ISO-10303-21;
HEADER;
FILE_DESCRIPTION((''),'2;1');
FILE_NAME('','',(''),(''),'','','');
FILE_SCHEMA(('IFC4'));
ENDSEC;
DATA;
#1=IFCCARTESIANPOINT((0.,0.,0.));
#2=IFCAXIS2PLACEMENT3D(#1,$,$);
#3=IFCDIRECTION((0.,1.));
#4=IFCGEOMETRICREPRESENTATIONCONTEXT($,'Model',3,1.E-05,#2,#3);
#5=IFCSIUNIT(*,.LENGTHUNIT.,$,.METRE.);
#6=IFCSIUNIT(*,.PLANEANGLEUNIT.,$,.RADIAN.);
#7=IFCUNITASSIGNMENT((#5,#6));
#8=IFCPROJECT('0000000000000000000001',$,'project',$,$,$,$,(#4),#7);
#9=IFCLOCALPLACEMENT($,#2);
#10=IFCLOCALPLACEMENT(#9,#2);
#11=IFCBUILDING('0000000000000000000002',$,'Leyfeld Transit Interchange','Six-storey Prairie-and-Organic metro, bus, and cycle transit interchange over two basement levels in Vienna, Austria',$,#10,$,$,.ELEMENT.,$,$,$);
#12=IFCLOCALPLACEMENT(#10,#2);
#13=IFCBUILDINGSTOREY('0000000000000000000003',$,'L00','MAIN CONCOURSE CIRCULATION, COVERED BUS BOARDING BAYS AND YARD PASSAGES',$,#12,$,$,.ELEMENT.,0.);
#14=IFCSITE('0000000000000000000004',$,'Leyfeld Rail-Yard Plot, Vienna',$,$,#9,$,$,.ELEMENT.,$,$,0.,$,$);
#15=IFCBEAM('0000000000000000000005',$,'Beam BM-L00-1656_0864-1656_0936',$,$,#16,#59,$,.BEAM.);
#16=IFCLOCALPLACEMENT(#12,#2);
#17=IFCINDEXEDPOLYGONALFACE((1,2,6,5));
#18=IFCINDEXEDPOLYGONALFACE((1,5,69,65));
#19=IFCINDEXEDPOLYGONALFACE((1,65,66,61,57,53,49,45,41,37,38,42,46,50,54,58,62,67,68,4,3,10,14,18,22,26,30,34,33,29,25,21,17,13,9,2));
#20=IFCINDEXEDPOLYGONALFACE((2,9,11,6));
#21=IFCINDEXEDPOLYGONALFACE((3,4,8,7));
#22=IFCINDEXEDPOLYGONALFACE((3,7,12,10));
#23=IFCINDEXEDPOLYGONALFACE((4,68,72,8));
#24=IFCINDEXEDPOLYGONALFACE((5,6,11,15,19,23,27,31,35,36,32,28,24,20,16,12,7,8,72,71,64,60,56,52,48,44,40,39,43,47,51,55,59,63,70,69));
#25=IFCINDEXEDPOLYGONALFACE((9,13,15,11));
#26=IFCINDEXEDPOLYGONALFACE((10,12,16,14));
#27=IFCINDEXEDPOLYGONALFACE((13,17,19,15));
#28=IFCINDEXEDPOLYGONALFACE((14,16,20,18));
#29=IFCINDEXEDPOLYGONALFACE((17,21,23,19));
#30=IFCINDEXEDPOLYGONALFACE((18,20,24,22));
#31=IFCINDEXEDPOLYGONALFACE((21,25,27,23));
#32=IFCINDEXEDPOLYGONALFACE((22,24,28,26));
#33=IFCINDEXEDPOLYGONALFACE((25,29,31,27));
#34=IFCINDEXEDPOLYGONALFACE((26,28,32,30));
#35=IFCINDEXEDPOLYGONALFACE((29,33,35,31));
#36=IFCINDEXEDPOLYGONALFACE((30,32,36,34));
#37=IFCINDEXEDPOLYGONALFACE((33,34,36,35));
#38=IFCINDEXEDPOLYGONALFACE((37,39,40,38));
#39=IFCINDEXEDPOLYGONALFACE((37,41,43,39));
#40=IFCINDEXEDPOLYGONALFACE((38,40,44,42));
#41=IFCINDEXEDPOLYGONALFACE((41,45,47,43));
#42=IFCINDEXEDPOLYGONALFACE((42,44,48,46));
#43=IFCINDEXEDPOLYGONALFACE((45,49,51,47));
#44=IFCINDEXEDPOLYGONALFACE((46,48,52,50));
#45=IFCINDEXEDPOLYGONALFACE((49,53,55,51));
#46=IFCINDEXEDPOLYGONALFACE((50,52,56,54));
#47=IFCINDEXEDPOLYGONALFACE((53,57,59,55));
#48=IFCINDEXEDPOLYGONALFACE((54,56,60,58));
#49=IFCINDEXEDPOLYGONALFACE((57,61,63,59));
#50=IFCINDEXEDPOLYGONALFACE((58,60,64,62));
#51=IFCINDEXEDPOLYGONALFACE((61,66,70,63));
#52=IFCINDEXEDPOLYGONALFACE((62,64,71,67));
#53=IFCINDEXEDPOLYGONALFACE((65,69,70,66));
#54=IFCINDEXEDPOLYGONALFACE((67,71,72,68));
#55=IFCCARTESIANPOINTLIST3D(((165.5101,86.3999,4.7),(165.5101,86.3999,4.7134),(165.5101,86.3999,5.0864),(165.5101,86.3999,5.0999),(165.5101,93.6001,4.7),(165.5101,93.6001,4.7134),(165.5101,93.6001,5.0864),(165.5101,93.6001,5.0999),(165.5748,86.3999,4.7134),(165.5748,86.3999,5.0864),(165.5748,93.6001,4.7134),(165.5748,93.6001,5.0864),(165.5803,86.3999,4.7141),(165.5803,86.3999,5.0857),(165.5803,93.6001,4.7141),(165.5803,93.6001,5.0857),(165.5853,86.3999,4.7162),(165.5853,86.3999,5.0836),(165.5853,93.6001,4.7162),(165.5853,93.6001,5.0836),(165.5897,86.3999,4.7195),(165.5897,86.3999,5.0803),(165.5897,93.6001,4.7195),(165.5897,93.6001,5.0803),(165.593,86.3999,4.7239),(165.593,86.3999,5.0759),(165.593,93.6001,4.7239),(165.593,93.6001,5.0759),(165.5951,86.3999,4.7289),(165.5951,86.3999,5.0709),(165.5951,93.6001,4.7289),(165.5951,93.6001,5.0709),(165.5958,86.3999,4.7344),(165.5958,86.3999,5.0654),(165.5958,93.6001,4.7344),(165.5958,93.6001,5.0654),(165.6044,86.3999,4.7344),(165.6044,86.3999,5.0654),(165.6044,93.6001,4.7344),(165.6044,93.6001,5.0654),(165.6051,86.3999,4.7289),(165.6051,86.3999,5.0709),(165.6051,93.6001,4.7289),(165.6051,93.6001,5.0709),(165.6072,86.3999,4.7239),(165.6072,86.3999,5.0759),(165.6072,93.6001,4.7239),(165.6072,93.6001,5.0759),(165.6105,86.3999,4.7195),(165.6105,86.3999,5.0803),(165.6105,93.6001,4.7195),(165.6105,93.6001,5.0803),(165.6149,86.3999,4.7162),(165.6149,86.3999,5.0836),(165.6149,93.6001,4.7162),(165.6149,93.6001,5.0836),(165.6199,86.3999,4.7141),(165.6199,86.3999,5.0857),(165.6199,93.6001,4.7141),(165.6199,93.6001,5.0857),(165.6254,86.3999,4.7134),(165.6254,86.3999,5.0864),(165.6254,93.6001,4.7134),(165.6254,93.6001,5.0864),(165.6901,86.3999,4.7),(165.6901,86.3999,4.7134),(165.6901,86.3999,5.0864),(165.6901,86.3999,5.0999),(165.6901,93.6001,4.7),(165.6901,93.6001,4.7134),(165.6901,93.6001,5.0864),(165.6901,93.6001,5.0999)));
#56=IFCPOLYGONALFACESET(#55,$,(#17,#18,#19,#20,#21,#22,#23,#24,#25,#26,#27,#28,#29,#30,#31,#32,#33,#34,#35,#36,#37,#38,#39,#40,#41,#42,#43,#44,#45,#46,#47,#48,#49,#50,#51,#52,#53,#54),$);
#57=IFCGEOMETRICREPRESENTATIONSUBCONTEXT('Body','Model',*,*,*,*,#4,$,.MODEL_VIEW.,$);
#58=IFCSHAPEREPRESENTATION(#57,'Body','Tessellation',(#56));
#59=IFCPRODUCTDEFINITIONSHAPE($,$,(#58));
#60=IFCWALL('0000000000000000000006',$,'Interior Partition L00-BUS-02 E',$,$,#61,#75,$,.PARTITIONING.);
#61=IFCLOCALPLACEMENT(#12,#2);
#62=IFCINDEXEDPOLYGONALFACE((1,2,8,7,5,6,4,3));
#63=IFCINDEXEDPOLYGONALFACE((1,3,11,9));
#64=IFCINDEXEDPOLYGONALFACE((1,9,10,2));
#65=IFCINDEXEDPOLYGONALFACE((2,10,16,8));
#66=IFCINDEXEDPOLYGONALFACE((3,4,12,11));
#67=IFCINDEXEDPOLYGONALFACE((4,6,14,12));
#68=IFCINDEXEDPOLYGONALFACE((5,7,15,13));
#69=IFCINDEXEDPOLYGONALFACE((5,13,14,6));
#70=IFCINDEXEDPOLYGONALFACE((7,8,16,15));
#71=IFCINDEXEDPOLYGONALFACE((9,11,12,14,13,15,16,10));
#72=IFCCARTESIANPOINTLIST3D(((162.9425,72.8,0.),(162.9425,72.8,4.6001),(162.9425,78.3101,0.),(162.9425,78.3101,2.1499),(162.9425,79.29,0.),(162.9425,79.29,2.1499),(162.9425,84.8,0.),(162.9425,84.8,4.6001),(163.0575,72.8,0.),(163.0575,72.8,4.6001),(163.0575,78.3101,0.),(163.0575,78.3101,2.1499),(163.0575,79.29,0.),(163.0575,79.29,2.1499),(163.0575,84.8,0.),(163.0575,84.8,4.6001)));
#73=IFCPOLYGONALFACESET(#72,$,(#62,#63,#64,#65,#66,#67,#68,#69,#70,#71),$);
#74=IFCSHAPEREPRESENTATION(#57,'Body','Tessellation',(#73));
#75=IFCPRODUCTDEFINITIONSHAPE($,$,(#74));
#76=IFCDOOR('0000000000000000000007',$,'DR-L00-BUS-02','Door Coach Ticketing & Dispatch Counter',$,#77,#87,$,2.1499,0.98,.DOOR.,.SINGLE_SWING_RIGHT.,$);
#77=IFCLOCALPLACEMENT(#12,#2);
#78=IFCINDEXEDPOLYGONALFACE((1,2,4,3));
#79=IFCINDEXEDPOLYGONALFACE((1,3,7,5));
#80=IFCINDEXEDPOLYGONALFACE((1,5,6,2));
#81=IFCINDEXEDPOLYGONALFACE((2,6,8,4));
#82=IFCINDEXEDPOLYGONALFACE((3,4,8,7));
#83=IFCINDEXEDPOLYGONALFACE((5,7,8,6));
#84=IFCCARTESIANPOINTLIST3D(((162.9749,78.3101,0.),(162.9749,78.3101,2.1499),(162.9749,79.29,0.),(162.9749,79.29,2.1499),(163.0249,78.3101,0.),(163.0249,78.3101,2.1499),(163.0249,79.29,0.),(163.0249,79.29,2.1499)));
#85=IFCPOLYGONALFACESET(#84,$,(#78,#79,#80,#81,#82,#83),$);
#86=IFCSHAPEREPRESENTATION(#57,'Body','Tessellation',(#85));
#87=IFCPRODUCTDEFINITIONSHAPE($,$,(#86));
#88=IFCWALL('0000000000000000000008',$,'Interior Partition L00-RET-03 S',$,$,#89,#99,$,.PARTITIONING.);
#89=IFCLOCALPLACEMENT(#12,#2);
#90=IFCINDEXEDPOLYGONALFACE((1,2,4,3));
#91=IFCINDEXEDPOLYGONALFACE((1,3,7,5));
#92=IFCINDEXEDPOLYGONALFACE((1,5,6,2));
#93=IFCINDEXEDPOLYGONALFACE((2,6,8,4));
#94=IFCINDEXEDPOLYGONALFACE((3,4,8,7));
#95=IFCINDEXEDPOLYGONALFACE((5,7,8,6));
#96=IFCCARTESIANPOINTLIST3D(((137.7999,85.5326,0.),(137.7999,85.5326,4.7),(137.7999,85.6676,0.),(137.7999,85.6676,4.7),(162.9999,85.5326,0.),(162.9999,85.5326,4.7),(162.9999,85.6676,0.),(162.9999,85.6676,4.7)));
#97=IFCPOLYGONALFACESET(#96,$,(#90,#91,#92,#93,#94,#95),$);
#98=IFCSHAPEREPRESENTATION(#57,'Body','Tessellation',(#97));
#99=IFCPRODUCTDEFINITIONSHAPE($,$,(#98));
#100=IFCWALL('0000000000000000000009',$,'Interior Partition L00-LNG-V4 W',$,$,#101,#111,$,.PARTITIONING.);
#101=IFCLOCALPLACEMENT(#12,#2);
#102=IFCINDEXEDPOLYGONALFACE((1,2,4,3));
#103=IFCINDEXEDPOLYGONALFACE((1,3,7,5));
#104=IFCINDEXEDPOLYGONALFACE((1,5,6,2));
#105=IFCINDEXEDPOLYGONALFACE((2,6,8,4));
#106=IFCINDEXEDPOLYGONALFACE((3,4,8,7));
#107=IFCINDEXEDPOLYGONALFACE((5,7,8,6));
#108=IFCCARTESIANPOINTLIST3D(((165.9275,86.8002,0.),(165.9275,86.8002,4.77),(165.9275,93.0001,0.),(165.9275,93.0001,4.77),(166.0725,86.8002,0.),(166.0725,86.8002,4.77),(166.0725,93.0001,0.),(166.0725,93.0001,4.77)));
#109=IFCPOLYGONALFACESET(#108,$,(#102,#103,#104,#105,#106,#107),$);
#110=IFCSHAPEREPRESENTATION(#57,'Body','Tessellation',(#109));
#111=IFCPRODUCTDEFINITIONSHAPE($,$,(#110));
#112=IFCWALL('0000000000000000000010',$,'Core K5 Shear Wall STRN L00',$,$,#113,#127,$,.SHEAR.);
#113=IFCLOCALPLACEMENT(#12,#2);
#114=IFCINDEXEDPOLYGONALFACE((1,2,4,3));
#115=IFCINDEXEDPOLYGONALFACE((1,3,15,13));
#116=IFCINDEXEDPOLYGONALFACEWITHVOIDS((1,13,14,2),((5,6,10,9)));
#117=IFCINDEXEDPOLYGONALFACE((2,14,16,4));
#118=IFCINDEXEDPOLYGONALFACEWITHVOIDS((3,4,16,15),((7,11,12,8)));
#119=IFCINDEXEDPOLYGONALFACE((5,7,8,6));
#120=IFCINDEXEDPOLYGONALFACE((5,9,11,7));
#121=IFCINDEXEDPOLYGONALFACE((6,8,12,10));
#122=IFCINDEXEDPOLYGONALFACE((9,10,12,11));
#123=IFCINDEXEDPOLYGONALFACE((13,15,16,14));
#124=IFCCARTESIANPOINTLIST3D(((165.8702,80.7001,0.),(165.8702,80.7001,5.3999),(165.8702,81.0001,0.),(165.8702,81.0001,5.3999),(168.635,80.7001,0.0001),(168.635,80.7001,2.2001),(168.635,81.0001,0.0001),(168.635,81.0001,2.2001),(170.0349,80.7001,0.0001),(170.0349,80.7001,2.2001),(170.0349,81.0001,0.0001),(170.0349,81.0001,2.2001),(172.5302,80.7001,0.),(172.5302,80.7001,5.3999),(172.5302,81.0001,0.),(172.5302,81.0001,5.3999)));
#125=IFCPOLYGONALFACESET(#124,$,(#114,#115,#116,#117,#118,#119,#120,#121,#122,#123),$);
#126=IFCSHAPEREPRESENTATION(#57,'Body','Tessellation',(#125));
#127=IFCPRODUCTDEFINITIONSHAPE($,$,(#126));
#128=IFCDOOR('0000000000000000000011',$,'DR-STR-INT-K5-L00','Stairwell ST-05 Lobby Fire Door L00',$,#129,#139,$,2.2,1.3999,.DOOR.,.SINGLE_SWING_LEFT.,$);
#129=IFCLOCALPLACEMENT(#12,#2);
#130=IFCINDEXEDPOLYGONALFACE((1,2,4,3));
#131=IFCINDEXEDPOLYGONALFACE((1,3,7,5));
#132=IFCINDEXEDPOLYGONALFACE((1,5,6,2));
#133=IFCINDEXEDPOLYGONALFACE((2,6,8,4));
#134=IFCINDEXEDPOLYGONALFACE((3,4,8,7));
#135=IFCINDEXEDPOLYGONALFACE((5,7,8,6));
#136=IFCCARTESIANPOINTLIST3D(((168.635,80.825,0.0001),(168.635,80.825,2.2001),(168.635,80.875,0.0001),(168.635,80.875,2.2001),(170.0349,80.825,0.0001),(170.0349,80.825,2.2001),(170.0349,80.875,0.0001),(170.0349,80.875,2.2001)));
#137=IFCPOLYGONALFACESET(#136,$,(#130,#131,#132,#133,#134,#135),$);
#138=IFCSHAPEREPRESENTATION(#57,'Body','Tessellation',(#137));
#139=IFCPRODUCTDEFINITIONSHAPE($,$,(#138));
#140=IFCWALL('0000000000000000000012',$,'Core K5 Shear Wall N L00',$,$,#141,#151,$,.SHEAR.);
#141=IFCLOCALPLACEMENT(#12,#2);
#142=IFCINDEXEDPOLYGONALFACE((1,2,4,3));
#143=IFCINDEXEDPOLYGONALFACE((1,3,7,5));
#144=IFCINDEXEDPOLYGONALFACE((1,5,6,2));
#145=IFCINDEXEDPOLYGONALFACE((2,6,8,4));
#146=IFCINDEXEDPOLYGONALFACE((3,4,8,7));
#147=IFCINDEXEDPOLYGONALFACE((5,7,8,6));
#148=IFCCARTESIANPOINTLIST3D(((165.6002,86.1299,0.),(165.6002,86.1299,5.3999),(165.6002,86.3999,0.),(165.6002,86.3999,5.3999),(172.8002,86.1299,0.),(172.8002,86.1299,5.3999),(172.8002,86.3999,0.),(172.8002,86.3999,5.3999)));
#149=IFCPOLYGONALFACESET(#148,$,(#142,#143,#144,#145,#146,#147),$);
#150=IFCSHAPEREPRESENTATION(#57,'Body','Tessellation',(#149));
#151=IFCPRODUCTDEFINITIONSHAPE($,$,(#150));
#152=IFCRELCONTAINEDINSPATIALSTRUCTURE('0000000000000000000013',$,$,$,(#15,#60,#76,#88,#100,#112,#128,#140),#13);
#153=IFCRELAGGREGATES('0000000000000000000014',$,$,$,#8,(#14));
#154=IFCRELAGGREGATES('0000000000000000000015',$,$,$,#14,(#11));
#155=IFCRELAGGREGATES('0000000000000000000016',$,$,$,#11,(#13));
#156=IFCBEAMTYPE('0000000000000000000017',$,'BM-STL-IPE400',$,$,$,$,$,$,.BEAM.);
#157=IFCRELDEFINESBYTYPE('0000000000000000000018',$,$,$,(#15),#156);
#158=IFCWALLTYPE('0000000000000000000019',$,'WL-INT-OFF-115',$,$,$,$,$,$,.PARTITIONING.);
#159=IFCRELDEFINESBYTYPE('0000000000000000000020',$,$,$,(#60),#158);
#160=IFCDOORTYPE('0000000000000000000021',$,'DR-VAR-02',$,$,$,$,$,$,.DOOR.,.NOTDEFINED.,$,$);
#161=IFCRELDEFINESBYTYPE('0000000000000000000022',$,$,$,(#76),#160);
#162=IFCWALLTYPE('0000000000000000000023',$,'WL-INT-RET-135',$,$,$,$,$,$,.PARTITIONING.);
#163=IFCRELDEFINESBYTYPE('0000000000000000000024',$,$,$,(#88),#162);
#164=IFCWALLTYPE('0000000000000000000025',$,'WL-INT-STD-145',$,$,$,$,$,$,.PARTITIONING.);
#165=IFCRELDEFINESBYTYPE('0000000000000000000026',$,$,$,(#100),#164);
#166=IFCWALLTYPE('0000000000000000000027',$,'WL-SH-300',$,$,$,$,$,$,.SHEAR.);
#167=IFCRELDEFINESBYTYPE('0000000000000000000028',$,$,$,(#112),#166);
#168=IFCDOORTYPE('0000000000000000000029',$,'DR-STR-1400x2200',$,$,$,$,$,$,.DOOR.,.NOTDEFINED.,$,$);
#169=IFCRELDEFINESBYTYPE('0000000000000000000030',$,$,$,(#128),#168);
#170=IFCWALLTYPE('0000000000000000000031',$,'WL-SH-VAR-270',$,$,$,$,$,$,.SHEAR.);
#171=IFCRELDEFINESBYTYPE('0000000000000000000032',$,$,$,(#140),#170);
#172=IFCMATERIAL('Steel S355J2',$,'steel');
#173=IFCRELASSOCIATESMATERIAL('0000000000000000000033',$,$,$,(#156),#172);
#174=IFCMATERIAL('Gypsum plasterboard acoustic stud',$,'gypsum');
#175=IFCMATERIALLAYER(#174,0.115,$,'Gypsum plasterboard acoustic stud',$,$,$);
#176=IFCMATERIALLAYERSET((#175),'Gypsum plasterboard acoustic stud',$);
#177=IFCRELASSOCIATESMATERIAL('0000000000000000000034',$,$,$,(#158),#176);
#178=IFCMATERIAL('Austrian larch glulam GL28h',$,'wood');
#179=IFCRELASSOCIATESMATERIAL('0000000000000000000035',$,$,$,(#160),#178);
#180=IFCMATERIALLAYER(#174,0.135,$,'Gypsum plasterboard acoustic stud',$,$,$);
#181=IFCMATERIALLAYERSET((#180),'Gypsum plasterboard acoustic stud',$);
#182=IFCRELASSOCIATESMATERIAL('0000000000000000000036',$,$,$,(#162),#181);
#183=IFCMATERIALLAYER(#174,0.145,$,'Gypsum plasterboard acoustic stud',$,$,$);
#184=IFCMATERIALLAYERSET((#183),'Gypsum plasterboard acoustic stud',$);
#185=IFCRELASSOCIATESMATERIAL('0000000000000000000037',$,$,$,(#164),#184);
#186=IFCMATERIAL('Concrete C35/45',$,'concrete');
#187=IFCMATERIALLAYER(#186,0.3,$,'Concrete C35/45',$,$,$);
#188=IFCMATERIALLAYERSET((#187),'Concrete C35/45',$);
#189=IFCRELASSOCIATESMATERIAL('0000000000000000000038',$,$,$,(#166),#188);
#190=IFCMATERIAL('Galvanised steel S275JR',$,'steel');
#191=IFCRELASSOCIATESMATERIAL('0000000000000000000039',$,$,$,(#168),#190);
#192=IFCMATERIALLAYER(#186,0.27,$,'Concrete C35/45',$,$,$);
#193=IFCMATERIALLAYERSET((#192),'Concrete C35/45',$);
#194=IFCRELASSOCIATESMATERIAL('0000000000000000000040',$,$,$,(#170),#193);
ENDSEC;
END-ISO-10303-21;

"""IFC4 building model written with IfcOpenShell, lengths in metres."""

from ifc_helpers import new_model, si_unit, direction, frame, frame_2d, origin, origin_2d, place, context, subcontext, project, spatial, rectangle, i_section, extrude, material, layer, layer_set, material_profile, profile_set, type_object, element, fill, save


model = new_model("IFC4")

# Units and contexts
model_context = context("Model", 3, precision=1e-05, world=origin(), true_north=direction((0.0, 1.0)))
body_context = subcontext(model_context, "Body", "Model", "MODEL_VIEW")
ifc_project = project(units=[si_unit("LENGTHUNIT", "METRE"), si_unit("PLANEANGLEUNIT", "RADIAN")], contexts=[model_context])

# Site, building, storey
site_placement = place(None, origin())
site = spatial("IfcSite", under=ifc_project, at=site_placement, Name="Leyfeld Rail-Yard Plot, Vienna", CompositionType="ELEMENT", RefElevation=0.0)
building_placement = place(site_placement, origin())
building = spatial("IfcBuilding", under=site, at=building_placement, Name="Leyfeld Transit Interchange", Description="Six-storey Prairie-and-Organic metro, bus, and cycle transit interchange over two basement levels in Vienna, Austria", CompositionType="ELEMENT")
storey_placement = place(building_placement, origin())
storey = spatial("IfcBuildingStorey", under=building, at=storey_placement, Name="L00", Description="MAIN CONCOURSE CIRCULATION, COVERED BUS BOARDING BAYS AND YARD PASSAGES", CompositionType="ELEMENT", Elevation=0.0)

# Shared definitions
ifc_material_1 = material(Name="Concrete C35/45", Category="concrete")

# Beam
ifc_material_2 = material(Name="Steel S355J2", Category="steel")
ifc_material_profile_1 = material_profile(ifc_material_2, i_section(OverallWidth=0.1799, OverallDepth=0.3999, WebThickness=0.0085, FlangeThickness=0.0134, FilletRadius=0.021, at=origin_2d()), Name="IPE 400")
ifc_profile_set_1 = profile_set([ifc_material_profile_1], Name="Steel S355J2")
beam_type_1 = type_object("IfcBeamType", Name="BM-STL-IPE400", PredefinedType="BEAM", material=ifc_profile_set_1)
for number, where, z_axis, x_axis, name in (
    (1, (165.6001, 86.3999, 4.8999), (0.0, 1.0, 0.0), (-1.0, 0.0, 0.0), "Beam BM-L00-1656_0864-1656_0936"),
):
    element("IfcBeam", number, at=place(storey_placement, frame(where, z_axis=z_axis, x_axis=x_axis)), inside=storey, type_object=beam_type_1, Name=name, PredefinedType="BEAM", context=body_context, shape_type="SweptSolid", body=[
        extrude(i_section(OverallWidth=0.1799, OverallDepth=0.3999, WebThickness=0.0085, FlangeThickness=0.0134, FilletRadius=0.021, at=origin_2d()), origin(), (0.0, 0.0, 1.0), 7.2002),
    ])

# Wall, opening, door
ifc_material_3 = material(Name="Gypsum plasterboard acoustic stud", Category="gypsum")
ifc_layer_1 = layer(ifc_material_3, 0.115, Name="Gypsum plasterboard acoustic stud")
ifc_layer_set_1 = layer_set([ifc_layer_1], Name="Gypsum plasterboard acoustic stud")
wall_type_1 = type_object("IfcWallType", Name="WL-INT-OFF-115", PredefinedType="PARTITIONING", material=ifc_layer_set_1)
wall_1_placement = place(storey_placement, frame((163.0, 84.8, 0.0), z_axis=(0.0, 0.0, 1.0), x_axis=(0.0, -1.0, 0.0)))
wall_1 = element("IfcWall", 2, at=wall_1_placement, inside=storey, type_object=wall_type_1, Name="Interior Partition L00-BUS-02 E", PredefinedType="PARTITIONING", context=body_context, shape_type="SweptSolid", body=[
    extrude(rectangle(XDim=12.0, YDim=0.115, at=frame_2d((6.0, 0.0))), origin(), (0.0, 0.0, 1.0), 4.6001),
])
opening_1_placement = place(wall_1_placement, frame((5.51, 0.0, 0.0)))
opening_1 = element("IfcOpeningElement", 3, at=opening_1_placement, cuts=wall_1, PredefinedType="OPENING", context=body_context, shape_type="SweptSolid", body=[
    extrude(rectangle(XDim=0.98, YDim=2.1499, at=frame_2d((0.49, 1.075))), frame((0.0, 0.0674, 0.0), z_axis=(0.0, -1.0, 0.0), x_axis=(1.0, 0.0, 0.0)), (0.0, 0.0, 1.0), 0.135),
])
ifc_material_4 = material(Name="Austrian larch glulam GL28h", Category="wood")
door_type_1 = type_object("IfcDoorType", Name="DR-VAR-02", OperationType="NOTDEFINED", PredefinedType="DOOR", material=ifc_material_4)
door_1_placement = place(opening_1_placement, origin())
door_1 = element("IfcDoor", 4, at=door_1_placement, inside=storey, type_object=door_type_1, Name="DR-L00-BUS-02", Description="Door Coach Ticketing & Dispatch Counter", OperationType="SINGLE_SWING_RIGHT", OverallHeight=2.1499, OverallWidth=0.98, PredefinedType="DOOR", context=body_context, shape_type="SweptSolid", body=[
    extrude(rectangle(XDim=0.98, YDim=2.1499, at=frame_2d((0.49, 1.075))), frame((0.0, 0.0249, 0.0), z_axis=(0.0, -1.0, 0.0), x_axis=(1.0, 0.0, 0.0)), (0.0, 0.0, 1.0), 0.05),
])
fill(opening_1, door_1)

# Walls
ifc_layer_2 = layer(ifc_material_3, 0.135, Name="Gypsum plasterboard acoustic stud")
ifc_layer_set_2 = layer_set([ifc_layer_2], Name="Gypsum plasterboard acoustic stud")
wall_type_2 = type_object("IfcWallType", Name="WL-INT-RET-135", PredefinedType="PARTITIONING", material=ifc_layer_set_2)
wall_2_placement = place(storey_placement, frame((163.0, 85.6001, 0.0), z_axis=(0.0, 0.0, 1.0), x_axis=(-1.0, 0.0, 0.0)))
element("IfcWall", 5, at=wall_2_placement, inside=storey, type_object=wall_type_2, Name="Interior Partition L00-RET-03 S", PredefinedType="PARTITIONING", context=body_context, shape_type="SweptSolid", body=[
    extrude(rectangle(XDim=25.2, YDim=0.135, at=frame_2d((12.6001, 0.0))), origin(), (0.0, 0.0, 1.0), 4.7),
])
ifc_layer_3 = layer(ifc_material_3, 0.145, Name="Gypsum plasterboard acoustic stud")
ifc_layer_set_3 = layer_set([ifc_layer_3], Name="Gypsum plasterboard acoustic stud")
wall_type_3 = type_object("IfcWallType", Name="WL-INT-STD-145", PredefinedType="PARTITIONING", material=ifc_layer_set_3)
wall_3_placement = place(storey_placement, frame((166.0, 86.8, 0.0), z_axis=(0.0, 0.0, 1.0), x_axis=(0.0, 1.0, 0.0)))
element("IfcWall", 6, at=wall_3_placement, inside=storey, type_object=wall_type_3, Name="Interior Partition L00-LNG-V4 W", PredefinedType="PARTITIONING", context=body_context, shape_type="SweptSolid", body=[
    extrude(rectangle(XDim=6.2, YDim=0.145, at=frame_2d((3.1001, 0.0))), origin(), (0.0, 0.0, 1.0), 4.77),
])

# Wall, opening, door
ifc_layer_4 = layer(ifc_material_1, 0.3, Name="Concrete C35/45")
ifc_layer_set_4 = layer_set([ifc_layer_4], Name="Concrete C35/45")
wall_type_4 = type_object("IfcWallType", Name="WL-SH-300", PredefinedType="SHEAR", material=ifc_layer_set_4)
wall_4_placement = place(storey_placement, frame((165.8701, 80.8501, 0.0), z_axis=(0.0, 0.0, 1.0), x_axis=(1.0, 0.0, 0.0)))
wall_4 = element("IfcWall", 7, at=wall_4_placement, inside=storey, type_object=wall_type_4, Name="Core K5 Shear Wall STRN L00", PredefinedType="SHEAR", context=body_context, shape_type="SweptSolid", body=[
    extrude(rectangle(XDim=6.6599, YDim=0.3, at=frame_2d((3.3301, 0.0))), origin(), (0.0, 0.0, 1.0), 5.3999),
])
opening_2_placement = place(wall_4_placement, frame((2.7649, 0.0, 0.0)))
opening_2 = element("IfcOpeningElement", 8, at=opening_2_placement, cuts=wall_4, PredefinedType="OPENING", context=body_context, shape_type="SweptSolid", body=[
    extrude(rectangle(XDim=1.3999, YDim=2.2, at=frame_2d((0.7, 1.1001))), frame((0.0, 0.1599, 0.0), z_axis=(0.0, -1.0, 0.0), x_axis=(1.0, 0.0, 0.0)), (0.0, 0.0, 1.0), 0.3201),
])
ifc_material_5 = material(Name="Galvanised steel S275JR", Category="steel")
door_type_2 = type_object("IfcDoorType", Name="DR-STR-1400x2200", OperationType="NOTDEFINED", PredefinedType="DOOR", material=ifc_material_5)
door_2_placement = place(opening_2_placement, origin())
door_2 = element("IfcDoor", 9, at=door_2_placement, inside=storey, type_object=door_type_2, Name="DR-STR-INT-K5-L00", Description="Stairwell ST-05 Lobby Fire Door L00", OperationType="SINGLE_SWING_LEFT", OverallHeight=2.2, OverallWidth=1.3999, PredefinedType="DOOR", context=body_context, shape_type="SweptSolid", body=[
    extrude(rectangle(XDim=1.3999, YDim=2.2, at=frame_2d((0.7, 1.1001))), frame((0.0, 0.0249, 0.0), z_axis=(0.0, -1.0, 0.0), x_axis=(1.0, 0.0, 0.0)), (0.0, 0.0, 1.0), 0.05),
])
fill(opening_2, door_2)

# Wall
ifc_layer_5 = layer(ifc_material_1, 0.27, Name="Concrete C35/45")
ifc_layer_set_5 = layer_set([ifc_layer_5], Name="Concrete C35/45")
wall_type_5 = type_object("IfcWallType", Name="WL-SH-VAR-270", PredefinedType="SHEAR", material=ifc_layer_set_5)
wall_5_placement = place(storey_placement, frame((165.6001, 86.2649, 0.0), z_axis=(0.0, 0.0, 1.0), x_axis=(1.0, 0.0, 0.0)))
element("IfcWall", 10, at=wall_5_placement, inside=storey, type_object=wall_type_5, Name="Core K5 Shear Wall N L00", PredefinedType="SHEAR", context=body_context, shape_type="SweptSolid", body=[
    extrude(rectangle(XDim=7.2, YDim=0.27, at=frame_2d((3.6001, 0.0))), origin(), (0.0, 0.0, 1.0), 5.3999),
])

save(model, "model.ifc")
